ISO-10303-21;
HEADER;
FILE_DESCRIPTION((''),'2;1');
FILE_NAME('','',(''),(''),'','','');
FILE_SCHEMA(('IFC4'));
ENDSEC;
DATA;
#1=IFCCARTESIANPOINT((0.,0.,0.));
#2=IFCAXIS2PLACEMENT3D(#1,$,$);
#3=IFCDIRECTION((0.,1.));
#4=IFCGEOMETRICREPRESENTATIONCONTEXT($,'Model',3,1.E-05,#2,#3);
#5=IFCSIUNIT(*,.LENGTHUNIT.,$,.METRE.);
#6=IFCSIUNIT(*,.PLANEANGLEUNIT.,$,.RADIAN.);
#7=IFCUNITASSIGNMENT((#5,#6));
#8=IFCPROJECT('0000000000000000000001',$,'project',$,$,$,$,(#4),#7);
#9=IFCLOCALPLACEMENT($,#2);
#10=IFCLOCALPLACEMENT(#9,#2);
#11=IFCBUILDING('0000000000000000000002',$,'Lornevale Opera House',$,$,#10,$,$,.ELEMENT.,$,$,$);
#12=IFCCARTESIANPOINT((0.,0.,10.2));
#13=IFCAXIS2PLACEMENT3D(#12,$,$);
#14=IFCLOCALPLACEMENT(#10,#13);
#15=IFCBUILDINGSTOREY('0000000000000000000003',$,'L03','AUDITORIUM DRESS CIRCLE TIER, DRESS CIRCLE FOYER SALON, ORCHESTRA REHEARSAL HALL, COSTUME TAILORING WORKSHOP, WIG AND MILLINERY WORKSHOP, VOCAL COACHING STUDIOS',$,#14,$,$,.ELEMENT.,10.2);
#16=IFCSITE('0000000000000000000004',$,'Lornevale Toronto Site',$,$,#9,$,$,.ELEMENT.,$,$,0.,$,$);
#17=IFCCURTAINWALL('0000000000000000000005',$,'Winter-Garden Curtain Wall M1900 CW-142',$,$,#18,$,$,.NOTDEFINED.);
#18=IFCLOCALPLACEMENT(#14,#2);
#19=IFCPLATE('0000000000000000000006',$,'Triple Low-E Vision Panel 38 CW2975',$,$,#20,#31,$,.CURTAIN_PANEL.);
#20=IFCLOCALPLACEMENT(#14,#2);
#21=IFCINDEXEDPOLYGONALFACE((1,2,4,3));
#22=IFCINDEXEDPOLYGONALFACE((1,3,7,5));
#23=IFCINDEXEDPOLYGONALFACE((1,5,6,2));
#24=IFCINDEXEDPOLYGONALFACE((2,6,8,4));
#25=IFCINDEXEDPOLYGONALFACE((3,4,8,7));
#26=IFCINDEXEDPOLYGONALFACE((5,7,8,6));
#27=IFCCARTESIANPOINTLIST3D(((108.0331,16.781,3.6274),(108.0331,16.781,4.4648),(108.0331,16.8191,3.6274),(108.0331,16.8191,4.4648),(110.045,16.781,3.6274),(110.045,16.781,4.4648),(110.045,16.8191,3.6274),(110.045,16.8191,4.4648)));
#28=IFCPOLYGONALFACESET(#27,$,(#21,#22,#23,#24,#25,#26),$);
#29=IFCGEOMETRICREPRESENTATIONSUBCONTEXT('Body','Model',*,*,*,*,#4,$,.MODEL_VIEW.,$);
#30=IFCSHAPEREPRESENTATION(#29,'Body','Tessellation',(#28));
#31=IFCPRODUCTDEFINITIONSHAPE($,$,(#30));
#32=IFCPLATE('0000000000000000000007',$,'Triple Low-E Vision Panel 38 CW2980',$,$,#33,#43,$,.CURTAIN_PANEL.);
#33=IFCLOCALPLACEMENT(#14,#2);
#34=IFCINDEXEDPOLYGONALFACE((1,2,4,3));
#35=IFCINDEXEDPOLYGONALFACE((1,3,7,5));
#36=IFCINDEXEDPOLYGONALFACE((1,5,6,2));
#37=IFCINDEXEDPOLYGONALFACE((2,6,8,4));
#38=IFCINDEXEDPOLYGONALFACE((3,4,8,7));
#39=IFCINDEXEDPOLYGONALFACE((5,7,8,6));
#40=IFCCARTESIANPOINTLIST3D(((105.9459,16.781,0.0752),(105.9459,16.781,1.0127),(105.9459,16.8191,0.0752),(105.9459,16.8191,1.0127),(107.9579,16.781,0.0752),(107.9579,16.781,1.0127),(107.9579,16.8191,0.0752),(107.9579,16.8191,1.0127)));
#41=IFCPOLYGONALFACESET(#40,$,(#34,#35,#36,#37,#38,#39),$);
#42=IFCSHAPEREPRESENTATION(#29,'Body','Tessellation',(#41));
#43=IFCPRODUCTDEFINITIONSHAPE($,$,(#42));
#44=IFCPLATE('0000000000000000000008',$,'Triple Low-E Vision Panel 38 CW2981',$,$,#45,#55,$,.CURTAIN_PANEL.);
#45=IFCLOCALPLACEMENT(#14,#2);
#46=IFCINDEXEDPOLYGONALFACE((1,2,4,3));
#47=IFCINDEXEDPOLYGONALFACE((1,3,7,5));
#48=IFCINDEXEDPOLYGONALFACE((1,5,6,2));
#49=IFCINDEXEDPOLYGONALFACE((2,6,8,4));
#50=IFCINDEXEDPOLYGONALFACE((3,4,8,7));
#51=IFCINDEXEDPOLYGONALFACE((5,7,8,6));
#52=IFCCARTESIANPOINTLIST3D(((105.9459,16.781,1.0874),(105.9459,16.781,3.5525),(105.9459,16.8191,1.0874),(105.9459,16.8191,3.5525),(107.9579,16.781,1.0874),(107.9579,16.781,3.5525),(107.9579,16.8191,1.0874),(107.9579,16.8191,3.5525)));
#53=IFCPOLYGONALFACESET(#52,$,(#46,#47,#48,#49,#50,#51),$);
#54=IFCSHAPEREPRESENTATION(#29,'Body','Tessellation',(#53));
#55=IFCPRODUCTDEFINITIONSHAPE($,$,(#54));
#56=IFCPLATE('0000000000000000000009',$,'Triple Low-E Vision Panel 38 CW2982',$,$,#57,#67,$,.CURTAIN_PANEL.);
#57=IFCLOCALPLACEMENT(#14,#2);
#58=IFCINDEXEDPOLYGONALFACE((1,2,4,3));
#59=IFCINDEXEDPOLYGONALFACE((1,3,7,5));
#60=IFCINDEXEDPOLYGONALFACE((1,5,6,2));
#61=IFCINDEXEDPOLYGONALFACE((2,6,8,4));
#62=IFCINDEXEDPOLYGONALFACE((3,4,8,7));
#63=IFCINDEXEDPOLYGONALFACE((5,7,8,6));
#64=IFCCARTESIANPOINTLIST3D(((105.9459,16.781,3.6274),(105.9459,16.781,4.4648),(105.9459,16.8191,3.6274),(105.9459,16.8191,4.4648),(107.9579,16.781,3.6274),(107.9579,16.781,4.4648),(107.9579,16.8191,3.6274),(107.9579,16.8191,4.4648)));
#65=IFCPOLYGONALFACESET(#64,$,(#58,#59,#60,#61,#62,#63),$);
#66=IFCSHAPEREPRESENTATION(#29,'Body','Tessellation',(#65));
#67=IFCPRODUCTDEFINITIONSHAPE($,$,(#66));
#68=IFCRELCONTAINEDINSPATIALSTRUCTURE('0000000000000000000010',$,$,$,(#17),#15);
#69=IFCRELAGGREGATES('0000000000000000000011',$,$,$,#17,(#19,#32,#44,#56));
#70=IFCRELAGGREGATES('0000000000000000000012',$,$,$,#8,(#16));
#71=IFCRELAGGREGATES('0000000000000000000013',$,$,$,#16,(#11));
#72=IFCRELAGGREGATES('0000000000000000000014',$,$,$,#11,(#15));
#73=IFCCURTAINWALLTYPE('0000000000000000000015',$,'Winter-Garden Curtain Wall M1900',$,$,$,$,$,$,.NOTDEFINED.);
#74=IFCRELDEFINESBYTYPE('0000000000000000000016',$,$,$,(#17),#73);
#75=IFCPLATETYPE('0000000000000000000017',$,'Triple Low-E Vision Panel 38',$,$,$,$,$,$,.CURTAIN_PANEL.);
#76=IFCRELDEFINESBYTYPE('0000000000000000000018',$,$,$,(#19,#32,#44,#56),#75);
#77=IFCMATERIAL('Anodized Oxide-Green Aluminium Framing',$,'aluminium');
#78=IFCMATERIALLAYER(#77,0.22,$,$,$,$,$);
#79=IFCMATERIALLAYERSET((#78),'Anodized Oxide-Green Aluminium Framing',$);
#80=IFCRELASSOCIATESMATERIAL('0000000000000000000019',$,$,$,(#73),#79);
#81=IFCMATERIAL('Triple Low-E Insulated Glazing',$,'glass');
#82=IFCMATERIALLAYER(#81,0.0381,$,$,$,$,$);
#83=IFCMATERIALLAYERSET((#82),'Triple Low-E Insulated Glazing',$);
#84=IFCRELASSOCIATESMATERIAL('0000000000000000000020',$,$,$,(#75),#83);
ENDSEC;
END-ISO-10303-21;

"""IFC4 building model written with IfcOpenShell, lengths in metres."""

from ifc_helpers import new_model, si_unit, direction, frame, origin, origin_2d, place, context, subcontext, project, spatial, rectangle, extrude, material, layer, layer_set, type_object, element, aggregate, save


model = new_model("IFC4")

# Units and contexts
model_context = context("Model", 3, precision=1e-05, world=origin(), true_north=direction((0.0, 1.0)))
body_context = subcontext(model_context, "Body", "Model", "MODEL_VIEW")
ifc_project = project(units=[si_unit("LENGTHUNIT", "METRE"), si_unit("PLANEANGLEUNIT", "RADIAN")], contexts=[model_context])

# Site, building, storey
site_placement = place(None, origin())
site = spatial("IfcSite", under=ifc_project, at=site_placement, Name="Lornevale Toronto Site", CompositionType="ELEMENT", RefElevation=0.0)
building_placement = place(site_placement, origin())
building = spatial("IfcBuilding", under=site, at=building_placement, Name="Lornevale Opera House", CompositionType="ELEMENT")
storey_placement = place(building_placement, frame((0.0, 0.0, 10.2)))
storey = spatial("IfcBuildingStorey", under=building, at=storey_placement, Name="L03", Description="AUDITORIUM DRESS CIRCLE TIER, DRESS CIRCLE FOYER SALON, ORCHESTRA REHEARSAL HALL, COSTUME TAILORING WORKSHOP, WIG AND MILLINERY WORKSHOP, VOCAL COACHING STUDIOS", CompositionType="ELEMENT", Elevation=10.2)

# Shared definitions
ifc_material_1 = material(Name="Anodized Oxide-Green Aluminium Framing", Category="aluminium")
ifc_layer_1 = layer(ifc_material_1, 0.22)
ifc_layer_set_1 = layer_set([ifc_layer_1], Name="Anodized Oxide-Green Aluminium Framing")
curtain_wall_type = type_object("IfcCurtainWallType", Name="Winter-Garden Curtain Wall M1900", PredefinedType="NOTDEFINED", material=ifc_layer_set_1)

# Curtain wall
curtain_wall_1_placement = place(storey_placement, origin())
curtain_wall_1 = element("IfcCurtainWall", 1, at=curtain_wall_1_placement, inside=storey, type_object=curtain_wall_type, Name="Winter-Garden Curtain Wall M1900 CW-142", PredefinedType="NOTDEFINED")

# Plates
ifc_material_2 = material(Name="Triple Low-E Insulated Glazing", Category="glass")
ifc_layer_2 = layer(ifc_material_2, 0.0381)
ifc_layer_set_2 = layer_set([ifc_layer_2], Name="Triple Low-E Insulated Glazing")
plate_type = type_object("IfcPlateType", Name="Triple Low-E Vision Panel 38", PredefinedType="CURTAIN_PANEL", material=ifc_layer_set_2)
plate_1_placement = place(storey_placement, frame((109.0391, 16.8, 3.6274), z_axis=(0.0, 0.0, 1.0), x_axis=(-1.0, 0.0, 0.0)))
plate_1 = element("IfcPlate", 2, at=plate_1_placement, type_object=plate_type, Name="Triple Low-E Vision Panel 38 CW2975", PredefinedType="CURTAIN_PANEL", context=body_context, shape_type="SweptSolid", body=[
    extrude(rectangle(XDim=2.012, YDim=0.0381, at=origin_2d()), origin(), (0.0, 0.0, 1.0), 0.8374),
])
plate_2_placement = place(storey_placement, frame((106.9519, 16.8, 0.0752), z_axis=(0.0, 0.0, 1.0), x_axis=(-1.0, 0.0, 0.0)))
plate_2 = element("IfcPlate", 3, at=plate_2_placement, type_object=plate_type, Name="Triple Low-E Vision Panel 38 CW2980", PredefinedType="CURTAIN_PANEL", context=body_context, shape_type="SweptSolid", body=[
    extrude(rectangle(XDim=2.012, YDim=0.0381, at=origin_2d()), origin(), (0.0, 0.0, 1.0), 0.9375),
])
plate_3_placement = place(storey_placement, frame((106.9519, 16.8, 1.0874), z_axis=(0.0, 0.0, 1.0), x_axis=(-1.0, 0.0, 0.0)))
plate_3 = element("IfcPlate", 4, at=plate_3_placement, type_object=plate_type, Name="Triple Low-E Vision Panel 38 CW2981", PredefinedType="CURTAIN_PANEL", context=body_context, shape_type="SweptSolid", body=[
    extrude(rectangle(XDim=2.012, YDim=0.0381, at=origin_2d()), origin(), (0.0, 0.0, 1.0), 2.4651),
])
plate_4_placement = place(storey_placement, frame((106.9519, 16.8, 3.6274), z_axis=(0.0, 0.0, 1.0), x_axis=(-1.0, 0.0, 0.0)))
plate_4 = element("IfcPlate", 5, at=plate_4_placement, type_object=plate_type, Name="Triple Low-E Vision Panel 38 CW2982", PredefinedType="CURTAIN_PANEL", context=body_context, shape_type="SweptSolid", body=[
    extrude(rectangle(XDim=2.012, YDim=0.0381, at=origin_2d()), origin(), (0.0, 0.0, 1.0), 0.8374),
])
aggregate(curtain_wall_1, [plate_1, plate_2, plate_3, plate_4])

save(model, "model.ifc")
